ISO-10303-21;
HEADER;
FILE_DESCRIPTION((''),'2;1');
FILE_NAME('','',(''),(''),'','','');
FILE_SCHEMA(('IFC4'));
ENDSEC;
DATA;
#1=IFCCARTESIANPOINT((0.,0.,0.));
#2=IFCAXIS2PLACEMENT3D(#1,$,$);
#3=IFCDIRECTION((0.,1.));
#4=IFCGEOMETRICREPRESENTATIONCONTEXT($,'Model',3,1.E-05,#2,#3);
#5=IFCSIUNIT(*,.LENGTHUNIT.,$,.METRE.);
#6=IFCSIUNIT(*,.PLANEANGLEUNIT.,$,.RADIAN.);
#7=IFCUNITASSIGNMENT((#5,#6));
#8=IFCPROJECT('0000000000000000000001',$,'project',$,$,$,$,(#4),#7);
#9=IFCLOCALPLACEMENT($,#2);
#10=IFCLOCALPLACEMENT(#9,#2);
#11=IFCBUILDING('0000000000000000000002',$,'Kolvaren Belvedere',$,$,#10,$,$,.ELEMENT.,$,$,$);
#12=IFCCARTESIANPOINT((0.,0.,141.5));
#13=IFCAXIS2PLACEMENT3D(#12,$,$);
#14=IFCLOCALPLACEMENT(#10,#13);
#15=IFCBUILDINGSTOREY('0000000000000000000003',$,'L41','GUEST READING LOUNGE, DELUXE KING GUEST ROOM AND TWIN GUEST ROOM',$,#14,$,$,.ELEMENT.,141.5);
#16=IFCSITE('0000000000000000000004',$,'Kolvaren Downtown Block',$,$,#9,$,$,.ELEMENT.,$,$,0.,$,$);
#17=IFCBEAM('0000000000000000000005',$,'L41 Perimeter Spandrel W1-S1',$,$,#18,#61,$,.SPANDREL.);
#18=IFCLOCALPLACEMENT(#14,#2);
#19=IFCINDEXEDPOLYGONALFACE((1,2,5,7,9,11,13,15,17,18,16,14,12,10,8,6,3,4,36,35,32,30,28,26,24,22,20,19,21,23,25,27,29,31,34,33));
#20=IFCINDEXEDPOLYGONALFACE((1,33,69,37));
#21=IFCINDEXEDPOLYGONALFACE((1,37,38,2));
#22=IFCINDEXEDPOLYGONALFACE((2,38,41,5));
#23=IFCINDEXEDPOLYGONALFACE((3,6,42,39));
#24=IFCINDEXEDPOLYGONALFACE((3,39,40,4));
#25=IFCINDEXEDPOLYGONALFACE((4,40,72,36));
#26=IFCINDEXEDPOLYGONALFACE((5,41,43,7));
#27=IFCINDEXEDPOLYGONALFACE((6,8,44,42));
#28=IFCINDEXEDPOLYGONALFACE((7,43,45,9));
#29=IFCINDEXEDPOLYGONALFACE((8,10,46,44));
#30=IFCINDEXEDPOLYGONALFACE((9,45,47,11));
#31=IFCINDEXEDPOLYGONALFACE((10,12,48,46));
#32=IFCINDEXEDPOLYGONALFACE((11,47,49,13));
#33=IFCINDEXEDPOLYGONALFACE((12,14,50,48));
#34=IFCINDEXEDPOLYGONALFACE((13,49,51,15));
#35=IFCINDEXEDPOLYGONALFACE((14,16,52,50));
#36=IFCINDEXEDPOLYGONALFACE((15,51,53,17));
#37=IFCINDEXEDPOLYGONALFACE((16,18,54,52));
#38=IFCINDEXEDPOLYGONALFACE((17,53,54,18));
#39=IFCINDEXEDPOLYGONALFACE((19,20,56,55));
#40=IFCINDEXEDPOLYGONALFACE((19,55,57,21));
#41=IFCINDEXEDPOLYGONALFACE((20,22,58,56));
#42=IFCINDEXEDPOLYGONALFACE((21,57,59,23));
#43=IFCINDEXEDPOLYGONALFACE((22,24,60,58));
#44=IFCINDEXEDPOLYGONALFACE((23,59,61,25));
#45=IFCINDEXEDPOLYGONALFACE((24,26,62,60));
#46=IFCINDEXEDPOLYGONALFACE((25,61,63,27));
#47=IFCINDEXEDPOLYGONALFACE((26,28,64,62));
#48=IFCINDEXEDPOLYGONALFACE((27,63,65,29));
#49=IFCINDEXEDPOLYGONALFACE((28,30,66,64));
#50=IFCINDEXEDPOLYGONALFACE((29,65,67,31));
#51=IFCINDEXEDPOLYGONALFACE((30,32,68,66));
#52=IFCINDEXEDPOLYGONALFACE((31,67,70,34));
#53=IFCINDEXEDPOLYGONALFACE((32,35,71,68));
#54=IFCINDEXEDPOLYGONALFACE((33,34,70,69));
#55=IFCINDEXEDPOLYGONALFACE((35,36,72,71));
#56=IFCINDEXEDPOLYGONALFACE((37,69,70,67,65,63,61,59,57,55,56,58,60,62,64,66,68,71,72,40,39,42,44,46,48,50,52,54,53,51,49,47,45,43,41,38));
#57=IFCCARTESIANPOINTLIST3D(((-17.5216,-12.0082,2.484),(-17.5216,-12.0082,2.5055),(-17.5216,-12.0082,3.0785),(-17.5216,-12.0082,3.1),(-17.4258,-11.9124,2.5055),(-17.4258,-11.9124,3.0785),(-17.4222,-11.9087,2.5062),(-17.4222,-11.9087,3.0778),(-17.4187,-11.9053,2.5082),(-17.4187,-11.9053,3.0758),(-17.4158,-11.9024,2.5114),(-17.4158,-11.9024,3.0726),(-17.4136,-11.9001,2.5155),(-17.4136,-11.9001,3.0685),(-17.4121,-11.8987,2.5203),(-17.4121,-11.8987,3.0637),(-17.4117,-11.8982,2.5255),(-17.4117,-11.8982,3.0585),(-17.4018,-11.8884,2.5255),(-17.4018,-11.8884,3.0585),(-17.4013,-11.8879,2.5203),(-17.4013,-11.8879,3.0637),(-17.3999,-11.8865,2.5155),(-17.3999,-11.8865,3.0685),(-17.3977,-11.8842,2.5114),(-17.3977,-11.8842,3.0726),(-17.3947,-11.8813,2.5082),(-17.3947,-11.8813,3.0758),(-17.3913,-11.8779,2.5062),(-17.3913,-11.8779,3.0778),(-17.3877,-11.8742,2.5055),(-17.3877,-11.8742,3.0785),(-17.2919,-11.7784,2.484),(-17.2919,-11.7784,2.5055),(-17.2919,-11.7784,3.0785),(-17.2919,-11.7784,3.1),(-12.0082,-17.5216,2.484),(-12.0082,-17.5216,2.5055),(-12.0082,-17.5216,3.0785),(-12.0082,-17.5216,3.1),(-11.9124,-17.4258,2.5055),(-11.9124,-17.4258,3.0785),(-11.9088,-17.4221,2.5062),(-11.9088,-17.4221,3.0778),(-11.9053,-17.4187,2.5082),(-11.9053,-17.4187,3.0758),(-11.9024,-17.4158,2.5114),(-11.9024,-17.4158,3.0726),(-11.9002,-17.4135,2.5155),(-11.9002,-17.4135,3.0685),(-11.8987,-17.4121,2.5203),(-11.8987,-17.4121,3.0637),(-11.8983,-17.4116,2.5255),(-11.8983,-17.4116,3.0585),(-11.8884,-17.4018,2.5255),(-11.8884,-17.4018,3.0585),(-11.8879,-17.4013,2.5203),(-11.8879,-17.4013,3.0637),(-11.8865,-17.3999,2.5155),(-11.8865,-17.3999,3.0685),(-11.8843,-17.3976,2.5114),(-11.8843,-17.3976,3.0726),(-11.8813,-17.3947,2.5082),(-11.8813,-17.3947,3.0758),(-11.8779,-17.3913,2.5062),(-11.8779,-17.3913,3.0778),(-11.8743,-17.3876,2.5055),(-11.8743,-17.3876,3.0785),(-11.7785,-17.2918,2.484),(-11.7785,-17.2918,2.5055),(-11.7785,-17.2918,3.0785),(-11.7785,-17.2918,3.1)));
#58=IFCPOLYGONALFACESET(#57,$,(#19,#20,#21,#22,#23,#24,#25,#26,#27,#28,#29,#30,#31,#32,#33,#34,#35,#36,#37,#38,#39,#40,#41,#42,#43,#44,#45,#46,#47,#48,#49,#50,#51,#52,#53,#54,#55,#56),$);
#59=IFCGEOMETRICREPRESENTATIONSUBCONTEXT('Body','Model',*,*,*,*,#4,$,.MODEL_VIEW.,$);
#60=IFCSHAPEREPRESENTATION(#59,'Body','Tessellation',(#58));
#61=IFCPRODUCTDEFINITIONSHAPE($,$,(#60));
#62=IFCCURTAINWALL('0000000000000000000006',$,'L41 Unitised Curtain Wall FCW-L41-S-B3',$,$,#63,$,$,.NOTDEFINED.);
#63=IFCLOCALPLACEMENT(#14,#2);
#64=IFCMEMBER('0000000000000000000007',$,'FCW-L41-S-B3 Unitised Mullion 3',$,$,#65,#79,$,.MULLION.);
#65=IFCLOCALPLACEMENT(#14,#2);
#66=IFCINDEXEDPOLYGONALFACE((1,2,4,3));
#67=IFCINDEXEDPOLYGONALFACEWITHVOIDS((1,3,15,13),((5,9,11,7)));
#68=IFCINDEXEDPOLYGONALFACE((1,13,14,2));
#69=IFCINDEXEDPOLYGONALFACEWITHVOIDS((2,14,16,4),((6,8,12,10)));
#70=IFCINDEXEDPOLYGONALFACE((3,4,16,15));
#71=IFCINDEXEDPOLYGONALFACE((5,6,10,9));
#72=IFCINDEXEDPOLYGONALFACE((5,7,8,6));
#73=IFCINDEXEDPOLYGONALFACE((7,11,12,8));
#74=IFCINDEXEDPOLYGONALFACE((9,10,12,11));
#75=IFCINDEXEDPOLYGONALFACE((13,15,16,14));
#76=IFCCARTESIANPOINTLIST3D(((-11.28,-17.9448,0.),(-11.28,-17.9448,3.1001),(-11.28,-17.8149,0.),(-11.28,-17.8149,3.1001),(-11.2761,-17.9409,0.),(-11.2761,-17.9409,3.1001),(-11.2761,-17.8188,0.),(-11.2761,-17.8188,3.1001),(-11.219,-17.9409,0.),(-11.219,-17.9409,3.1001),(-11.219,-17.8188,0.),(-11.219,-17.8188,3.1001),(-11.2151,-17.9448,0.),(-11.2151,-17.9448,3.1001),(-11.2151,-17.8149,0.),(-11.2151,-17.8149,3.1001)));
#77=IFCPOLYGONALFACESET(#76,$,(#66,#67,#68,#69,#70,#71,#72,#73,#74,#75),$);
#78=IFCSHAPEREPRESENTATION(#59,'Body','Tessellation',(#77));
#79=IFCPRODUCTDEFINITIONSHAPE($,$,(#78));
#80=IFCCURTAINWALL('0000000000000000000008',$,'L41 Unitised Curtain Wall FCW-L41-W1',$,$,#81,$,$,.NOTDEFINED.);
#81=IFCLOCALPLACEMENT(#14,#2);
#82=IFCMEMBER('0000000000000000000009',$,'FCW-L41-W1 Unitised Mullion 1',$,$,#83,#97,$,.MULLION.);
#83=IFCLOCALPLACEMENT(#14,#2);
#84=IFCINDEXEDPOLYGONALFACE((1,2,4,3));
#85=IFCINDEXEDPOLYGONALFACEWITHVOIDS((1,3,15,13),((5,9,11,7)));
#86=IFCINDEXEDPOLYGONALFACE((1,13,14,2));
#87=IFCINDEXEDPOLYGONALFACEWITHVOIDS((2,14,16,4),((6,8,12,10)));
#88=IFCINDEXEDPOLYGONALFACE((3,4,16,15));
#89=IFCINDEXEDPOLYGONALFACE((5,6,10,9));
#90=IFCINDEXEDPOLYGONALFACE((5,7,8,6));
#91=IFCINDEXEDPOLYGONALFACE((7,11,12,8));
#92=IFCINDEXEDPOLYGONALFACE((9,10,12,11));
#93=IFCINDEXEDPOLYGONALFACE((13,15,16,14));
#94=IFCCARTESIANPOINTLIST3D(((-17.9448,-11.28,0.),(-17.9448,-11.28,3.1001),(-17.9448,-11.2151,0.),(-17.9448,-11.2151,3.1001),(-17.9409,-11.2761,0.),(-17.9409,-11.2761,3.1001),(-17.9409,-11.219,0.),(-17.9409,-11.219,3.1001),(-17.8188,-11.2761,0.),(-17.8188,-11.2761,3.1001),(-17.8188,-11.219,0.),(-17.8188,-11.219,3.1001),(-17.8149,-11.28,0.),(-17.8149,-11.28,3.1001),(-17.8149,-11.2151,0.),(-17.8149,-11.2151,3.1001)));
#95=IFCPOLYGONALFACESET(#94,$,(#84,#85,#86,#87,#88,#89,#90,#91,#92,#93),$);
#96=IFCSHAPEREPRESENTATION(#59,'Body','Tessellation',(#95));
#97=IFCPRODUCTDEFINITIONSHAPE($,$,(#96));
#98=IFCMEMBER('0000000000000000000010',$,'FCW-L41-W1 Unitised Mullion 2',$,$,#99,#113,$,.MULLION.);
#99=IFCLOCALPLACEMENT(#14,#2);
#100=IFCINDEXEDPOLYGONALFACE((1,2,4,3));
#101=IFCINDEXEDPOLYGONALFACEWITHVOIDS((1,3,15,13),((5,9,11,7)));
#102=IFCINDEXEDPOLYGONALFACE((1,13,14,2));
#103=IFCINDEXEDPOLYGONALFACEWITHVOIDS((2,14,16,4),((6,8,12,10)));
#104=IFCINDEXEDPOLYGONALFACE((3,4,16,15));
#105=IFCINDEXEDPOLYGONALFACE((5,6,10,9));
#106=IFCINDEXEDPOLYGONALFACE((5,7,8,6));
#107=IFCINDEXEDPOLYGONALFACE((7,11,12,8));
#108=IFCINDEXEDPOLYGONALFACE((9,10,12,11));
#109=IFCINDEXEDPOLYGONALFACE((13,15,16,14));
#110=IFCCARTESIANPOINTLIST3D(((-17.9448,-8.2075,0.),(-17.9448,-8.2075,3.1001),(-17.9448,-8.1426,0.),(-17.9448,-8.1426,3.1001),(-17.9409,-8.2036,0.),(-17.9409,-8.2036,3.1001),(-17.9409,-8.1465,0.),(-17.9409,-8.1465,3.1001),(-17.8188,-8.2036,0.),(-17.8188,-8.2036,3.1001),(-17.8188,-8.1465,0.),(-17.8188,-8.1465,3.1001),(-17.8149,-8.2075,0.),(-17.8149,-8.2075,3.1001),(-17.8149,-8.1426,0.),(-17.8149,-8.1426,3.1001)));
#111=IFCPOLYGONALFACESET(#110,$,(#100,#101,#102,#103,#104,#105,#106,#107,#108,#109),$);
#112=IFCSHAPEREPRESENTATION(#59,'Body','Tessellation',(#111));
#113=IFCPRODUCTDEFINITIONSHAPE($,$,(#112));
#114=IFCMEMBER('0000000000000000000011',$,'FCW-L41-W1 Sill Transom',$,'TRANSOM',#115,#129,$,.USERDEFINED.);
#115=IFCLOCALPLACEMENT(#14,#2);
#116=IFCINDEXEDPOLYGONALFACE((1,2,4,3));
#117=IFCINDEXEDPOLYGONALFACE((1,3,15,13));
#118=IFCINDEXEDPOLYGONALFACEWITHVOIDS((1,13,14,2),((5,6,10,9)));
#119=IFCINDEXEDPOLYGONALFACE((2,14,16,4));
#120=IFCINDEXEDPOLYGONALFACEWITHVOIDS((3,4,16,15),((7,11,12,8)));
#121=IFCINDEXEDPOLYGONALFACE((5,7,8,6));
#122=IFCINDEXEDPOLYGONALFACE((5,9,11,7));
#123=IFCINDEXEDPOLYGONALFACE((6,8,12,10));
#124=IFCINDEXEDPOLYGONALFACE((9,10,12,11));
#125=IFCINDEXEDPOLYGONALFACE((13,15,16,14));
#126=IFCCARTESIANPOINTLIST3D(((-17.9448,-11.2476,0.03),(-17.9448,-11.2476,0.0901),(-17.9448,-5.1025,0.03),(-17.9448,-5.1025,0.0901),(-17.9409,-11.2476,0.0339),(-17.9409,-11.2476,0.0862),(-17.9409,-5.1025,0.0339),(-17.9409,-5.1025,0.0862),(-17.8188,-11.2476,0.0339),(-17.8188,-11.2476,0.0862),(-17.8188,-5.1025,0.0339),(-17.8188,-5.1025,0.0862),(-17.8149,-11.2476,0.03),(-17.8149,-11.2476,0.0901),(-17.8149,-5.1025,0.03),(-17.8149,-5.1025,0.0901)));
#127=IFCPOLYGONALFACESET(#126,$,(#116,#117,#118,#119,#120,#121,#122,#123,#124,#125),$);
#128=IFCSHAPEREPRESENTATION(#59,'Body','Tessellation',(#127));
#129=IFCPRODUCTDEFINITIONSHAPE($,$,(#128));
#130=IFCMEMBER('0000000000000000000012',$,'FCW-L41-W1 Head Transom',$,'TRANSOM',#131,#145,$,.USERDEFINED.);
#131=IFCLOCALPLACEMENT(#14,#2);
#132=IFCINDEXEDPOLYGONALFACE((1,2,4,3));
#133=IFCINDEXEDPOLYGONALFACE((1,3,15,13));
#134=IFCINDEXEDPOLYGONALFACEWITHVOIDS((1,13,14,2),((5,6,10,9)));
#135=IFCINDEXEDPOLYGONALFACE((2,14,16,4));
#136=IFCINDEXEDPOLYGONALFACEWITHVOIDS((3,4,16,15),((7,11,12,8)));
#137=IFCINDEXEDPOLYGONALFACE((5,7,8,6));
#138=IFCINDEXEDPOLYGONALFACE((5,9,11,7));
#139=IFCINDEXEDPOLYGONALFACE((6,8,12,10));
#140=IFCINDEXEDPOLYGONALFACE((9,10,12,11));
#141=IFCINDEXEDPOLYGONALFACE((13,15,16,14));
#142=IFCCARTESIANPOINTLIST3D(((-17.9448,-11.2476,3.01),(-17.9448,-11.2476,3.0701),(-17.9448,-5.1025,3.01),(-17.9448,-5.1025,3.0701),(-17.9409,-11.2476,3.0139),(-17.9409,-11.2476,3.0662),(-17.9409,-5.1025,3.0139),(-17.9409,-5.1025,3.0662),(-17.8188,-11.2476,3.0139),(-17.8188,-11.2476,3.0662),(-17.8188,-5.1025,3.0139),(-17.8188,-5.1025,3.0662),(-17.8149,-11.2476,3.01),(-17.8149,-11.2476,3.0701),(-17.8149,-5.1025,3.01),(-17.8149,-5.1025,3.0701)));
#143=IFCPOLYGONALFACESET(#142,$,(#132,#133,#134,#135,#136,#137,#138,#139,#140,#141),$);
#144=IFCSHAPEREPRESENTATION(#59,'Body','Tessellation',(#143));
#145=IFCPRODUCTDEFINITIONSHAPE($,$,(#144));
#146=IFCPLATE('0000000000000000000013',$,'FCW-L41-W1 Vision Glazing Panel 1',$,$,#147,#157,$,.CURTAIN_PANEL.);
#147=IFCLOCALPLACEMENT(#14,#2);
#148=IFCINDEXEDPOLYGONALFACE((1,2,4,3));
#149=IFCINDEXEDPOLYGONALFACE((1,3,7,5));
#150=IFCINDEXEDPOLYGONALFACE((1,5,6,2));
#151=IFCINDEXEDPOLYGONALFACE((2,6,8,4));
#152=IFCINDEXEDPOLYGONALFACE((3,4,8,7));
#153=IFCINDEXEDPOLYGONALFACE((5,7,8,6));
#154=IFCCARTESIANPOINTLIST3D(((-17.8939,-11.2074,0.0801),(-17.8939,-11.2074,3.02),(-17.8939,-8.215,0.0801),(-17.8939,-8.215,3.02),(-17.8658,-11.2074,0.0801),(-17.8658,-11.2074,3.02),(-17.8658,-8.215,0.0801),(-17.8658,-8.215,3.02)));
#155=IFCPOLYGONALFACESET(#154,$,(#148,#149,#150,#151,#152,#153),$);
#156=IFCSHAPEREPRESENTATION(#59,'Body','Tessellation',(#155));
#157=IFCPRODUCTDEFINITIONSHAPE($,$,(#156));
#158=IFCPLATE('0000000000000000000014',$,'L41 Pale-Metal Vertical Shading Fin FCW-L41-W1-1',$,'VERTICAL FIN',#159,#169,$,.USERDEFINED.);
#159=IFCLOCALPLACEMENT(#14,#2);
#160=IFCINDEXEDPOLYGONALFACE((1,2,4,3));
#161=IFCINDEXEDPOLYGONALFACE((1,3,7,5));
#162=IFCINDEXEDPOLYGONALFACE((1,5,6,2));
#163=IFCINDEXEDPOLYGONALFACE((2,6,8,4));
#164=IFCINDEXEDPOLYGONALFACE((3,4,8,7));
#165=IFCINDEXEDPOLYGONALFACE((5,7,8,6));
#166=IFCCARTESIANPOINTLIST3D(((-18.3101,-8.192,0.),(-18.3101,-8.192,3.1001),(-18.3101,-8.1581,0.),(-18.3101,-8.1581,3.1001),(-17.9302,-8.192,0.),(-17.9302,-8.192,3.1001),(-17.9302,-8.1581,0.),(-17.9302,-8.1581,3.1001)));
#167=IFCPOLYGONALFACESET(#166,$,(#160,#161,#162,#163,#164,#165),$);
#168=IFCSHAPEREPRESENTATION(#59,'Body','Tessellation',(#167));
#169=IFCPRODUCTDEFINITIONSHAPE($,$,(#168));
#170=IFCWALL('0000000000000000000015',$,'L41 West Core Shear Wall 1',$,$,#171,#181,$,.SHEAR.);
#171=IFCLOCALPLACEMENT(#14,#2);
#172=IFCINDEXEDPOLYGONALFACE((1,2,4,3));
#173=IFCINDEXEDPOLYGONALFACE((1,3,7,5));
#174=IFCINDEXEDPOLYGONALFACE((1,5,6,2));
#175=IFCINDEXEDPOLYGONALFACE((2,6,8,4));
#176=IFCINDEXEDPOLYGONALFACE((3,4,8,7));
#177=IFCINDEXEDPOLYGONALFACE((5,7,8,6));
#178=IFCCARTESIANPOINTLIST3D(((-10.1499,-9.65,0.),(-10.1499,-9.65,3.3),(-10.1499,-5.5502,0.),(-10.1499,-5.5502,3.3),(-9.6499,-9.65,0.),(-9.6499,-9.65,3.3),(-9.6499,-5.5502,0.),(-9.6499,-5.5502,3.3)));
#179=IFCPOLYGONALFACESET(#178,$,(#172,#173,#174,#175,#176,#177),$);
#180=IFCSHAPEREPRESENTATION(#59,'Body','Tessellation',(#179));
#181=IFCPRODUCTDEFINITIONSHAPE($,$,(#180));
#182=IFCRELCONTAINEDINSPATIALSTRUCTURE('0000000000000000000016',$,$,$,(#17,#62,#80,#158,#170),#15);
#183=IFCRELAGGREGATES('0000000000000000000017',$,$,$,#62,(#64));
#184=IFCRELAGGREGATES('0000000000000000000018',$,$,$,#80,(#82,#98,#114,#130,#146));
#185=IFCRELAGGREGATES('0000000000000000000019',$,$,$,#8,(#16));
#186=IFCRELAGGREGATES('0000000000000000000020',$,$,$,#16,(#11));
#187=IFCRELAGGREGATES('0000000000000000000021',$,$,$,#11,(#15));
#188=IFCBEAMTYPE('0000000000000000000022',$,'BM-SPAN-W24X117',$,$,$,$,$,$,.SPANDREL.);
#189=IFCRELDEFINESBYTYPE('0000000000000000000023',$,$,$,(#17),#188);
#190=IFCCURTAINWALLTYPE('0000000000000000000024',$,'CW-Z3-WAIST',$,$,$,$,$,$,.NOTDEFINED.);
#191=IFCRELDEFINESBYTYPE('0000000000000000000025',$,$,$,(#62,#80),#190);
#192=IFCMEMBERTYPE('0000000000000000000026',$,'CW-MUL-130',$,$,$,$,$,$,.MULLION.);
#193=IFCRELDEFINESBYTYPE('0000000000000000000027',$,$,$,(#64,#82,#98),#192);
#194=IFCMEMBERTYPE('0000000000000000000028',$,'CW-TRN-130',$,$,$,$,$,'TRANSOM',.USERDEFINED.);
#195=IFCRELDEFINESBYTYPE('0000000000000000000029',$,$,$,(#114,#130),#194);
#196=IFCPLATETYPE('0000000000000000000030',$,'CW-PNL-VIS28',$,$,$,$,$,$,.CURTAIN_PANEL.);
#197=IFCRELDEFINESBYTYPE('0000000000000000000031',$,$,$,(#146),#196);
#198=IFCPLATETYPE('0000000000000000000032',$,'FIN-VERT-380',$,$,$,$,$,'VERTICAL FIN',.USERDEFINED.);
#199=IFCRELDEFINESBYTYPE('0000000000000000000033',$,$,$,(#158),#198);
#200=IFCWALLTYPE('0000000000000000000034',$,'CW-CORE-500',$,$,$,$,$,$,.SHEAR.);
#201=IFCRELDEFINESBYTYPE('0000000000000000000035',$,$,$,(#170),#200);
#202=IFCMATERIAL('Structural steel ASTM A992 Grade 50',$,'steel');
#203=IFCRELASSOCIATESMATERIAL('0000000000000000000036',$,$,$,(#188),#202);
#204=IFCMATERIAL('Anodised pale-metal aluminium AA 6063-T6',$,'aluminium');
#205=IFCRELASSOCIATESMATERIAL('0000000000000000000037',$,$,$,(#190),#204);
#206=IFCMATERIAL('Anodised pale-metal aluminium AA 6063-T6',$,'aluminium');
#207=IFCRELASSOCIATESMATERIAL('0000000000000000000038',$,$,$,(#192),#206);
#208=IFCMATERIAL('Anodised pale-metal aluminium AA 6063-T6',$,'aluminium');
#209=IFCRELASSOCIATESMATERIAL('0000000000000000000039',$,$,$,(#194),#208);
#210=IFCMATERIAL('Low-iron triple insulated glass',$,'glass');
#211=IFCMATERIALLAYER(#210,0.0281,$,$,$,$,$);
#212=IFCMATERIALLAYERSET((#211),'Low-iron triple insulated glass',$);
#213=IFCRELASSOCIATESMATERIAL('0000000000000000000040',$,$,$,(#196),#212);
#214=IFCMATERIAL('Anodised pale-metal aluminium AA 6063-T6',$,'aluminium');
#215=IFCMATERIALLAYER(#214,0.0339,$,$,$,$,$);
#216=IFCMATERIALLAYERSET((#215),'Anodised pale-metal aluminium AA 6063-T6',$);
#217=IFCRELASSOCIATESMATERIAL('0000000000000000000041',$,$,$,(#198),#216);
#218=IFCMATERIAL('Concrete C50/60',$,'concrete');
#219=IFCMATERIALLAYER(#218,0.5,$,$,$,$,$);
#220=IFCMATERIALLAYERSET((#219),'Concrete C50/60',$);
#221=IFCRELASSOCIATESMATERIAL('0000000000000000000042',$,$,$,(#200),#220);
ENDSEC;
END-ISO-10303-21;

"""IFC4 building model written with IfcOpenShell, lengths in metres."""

from ifc_helpers import new_model, si_unit, direction, frame, frame_2d, origin, origin_2d, place, context, subcontext, project, spatial, rectangle, hollow_rectangle, i_section, extrude, material, layer, layer_set, material_profile, profile_set, type_object, element, aggregate, save


model = new_model("IFC4")

# Units and contexts
model_context = context("Model", 3, precision=1e-05, world=origin(), true_north=direction((0.0, 1.0)))
body_context = subcontext(model_context, "Body", "Model", "MODEL_VIEW")
ifc_project = project(units=[si_unit("LENGTHUNIT", "METRE"), si_unit("PLANEANGLEUNIT", "RADIAN")], contexts=[model_context])

# Site, building, storey
site_placement = place(None, origin())
site = spatial("IfcSite", under=ifc_project, at=site_placement, Name="Kolvaren Downtown Block", CompositionType="ELEMENT", RefElevation=0.0)
building_placement = place(site_placement, origin())
building = spatial("IfcBuilding", under=site, at=building_placement, Name="Kolvaren Belvedere", CompositionType="ELEMENT")
storey_placement = place(building_placement, frame((0.0, 0.0, 141.5)))
storey = spatial("IfcBuildingStorey", under=building, at=storey_placement, Name="L41", Description="GUEST READING LOUNGE, DELUXE KING GUEST ROOM AND TWIN GUEST ROOM", CompositionType="ELEMENT", Elevation=141.5)

# Beam
ifc_material_1 = material(Name="Structural steel ASTM A992 Grade 50", Category="steel")
ifc_material_profile_1 = material_profile(ifc_material_1, i_section(OverallWidth=0.325, OverallDepth=0.616, WebThickness=0.0139, FlangeThickness=0.0215, FilletRadius=0.02, at=origin_2d()), Name="W24X117")
ifc_profile_set_1 = profile_set([ifc_material_profile_1], Name="Structural steel ASTM A992 Grade 50")
beam_type_1 = type_object("IfcBeamType", Name="BM-SPAN-W24X117", PredefinedType="SPANDREL", material=ifc_profile_set_1)
beam_1_placement = place(storey_placement, frame((-17.4067, -11.8933, 2.792), z_axis=(0.707107, -0.707107, 0.0), x_axis=(0.707107, 0.707107, 0.0)))
element("IfcBeam", 1, at=beam_1_placement, inside=storey, type_object=beam_type_1, Name="L41 Perimeter Spandrel W1-S1", PredefinedType="SPANDREL", context=body_context, shape_type="SweptSolid", body=[
    extrude(i_section(OverallWidth=0.325, OverallDepth=0.616, WebThickness=0.0139, FlangeThickness=0.0215, FilletRadius=0.02, at=origin_2d()), origin(), (0.0, 0.0, 1.0), 7.7971),
])

# Curtain wall, member
ifc_material_2 = material(Name="Anodised pale-metal aluminium AA 6063-T6", Category="aluminium")
curtain_wall_type = type_object("IfcCurtainWallType", Name="CW-Z3-WAIST", PredefinedType="NOTDEFINED", material=ifc_material_2)
curtain_wall_1_placement = place(storey_placement, origin())
curtain_wall_1 = element("IfcCurtainWall", 2, at=curtain_wall_1_placement, inside=storey, type_object=curtain_wall_type, Name="L41 Unitised Curtain Wall FCW-L41-S-B3", PredefinedType="NOTDEFINED")
ifc_material_3 = material(Name="Anodised pale-metal aluminium AA 6063-T6", Category="aluminium")
ifc_material_profile_2 = material_profile(ifc_material_3, hollow_rectangle(XDim=0.0649, YDim=0.1299, WallThickness=0.0039, at=origin_2d()), Name="ALU-MUL-130X65")
ifc_profile_set_2 = profile_set([ifc_material_profile_2], Name="Anodised pale-metal aluminium AA 6063-T6")
member_type_1 = type_object("IfcMemberType", Name="CW-MUL-130", PredefinedType="MULLION", material=ifc_profile_set_2)
member_1_placement = place(storey_placement, frame((-11.2476, -17.8799, 0.0), z_axis=(0.0, 0.0, 1.0), x_axis=(1.0, 0.0, 0.0)))
member_1 = element("IfcMember", 3, at=member_1_placement, type_object=member_type_1, Name="FCW-L41-S-B3 Unitised Mullion 3", PredefinedType="MULLION", context=body_context, shape_type="SweptSolid", body=[
    extrude(hollow_rectangle(XDim=0.0649, YDim=0.1299, WallThickness=0.0039, at=origin_2d()), origin(), (0.0, 0.0, 1.0), 3.1001),
])
aggregate(curtain_wall_1, [member_1])

# Curtain wall, members, plate
curtain_wall_2_placement = place(storey_placement, origin())
curtain_wall_2 = element("IfcCurtainWall", 4, at=curtain_wall_2_placement, inside=storey, type_object=curtain_wall_type, Name="L41 Unitised Curtain Wall FCW-L41-W1", PredefinedType="NOTDEFINED")
member_2_placement = place(storey_placement, frame((-17.8799, -11.2476, 0.0), z_axis=(0.0, 0.0, 1.0), x_axis=(0.0, 1.0, 0.0)))
member_2 = element("IfcMember", 5, at=member_2_placement, type_object=member_type_1, Name="FCW-L41-W1 Unitised Mullion 1", PredefinedType="MULLION", context=body_context, shape_type="SweptSolid", body=[
    extrude(hollow_rectangle(XDim=0.0649, YDim=0.1299, WallThickness=0.0039, at=origin_2d()), origin(), (0.0, 0.0, 1.0), 3.1001),
])
member_3_placement = place(storey_placement, frame((-17.8799, -8.175, 0.0), z_axis=(0.0, 0.0, 1.0), x_axis=(0.0, 1.0, 0.0)))
member_3 = element("IfcMember", 6, at=member_3_placement, type_object=member_type_1, Name="FCW-L41-W1 Unitised Mullion 2", PredefinedType="MULLION", context=body_context, shape_type="SweptSolid", body=[
    extrude(hollow_rectangle(XDim=0.0649, YDim=0.1299, WallThickness=0.0039, at=origin_2d()), origin(), (0.0, 0.0, 1.0), 3.1001),
])
ifc_material_4 = material(Name="Anodised pale-metal aluminium AA 6063-T6", Category="aluminium")
ifc_material_profile_3 = material_profile(ifc_material_4, hollow_rectangle(XDim=0.0601, YDim=0.1299, WallThickness=0.0039, at=origin_2d()), Name="ALU-TRN-130X60")
ifc_profile_set_3 = profile_set([ifc_material_profile_3], Name="Anodised pale-metal aluminium AA 6063-T6")
member_type_2 = type_object("IfcMemberType", Name="CW-TRN-130", ElementType="TRANSOM", PredefinedType="USERDEFINED", material=ifc_profile_set_3)
member_4_placement = place(storey_placement, frame((-17.8799, -11.2476, 0.0601), z_axis=(0.0, 1.0, 0.0), x_axis=(0.0, 0.0, 1.0)))
member_4 = element("IfcMember", 7, at=member_4_placement, type_object=member_type_2, Name="FCW-L41-W1 Sill Transom", ObjectType="TRANSOM", PredefinedType="USERDEFINED", context=body_context, shape_type="SweptSolid", body=[
    extrude(hollow_rectangle(XDim=0.0601, YDim=0.1299, WallThickness=0.0039, at=origin_2d()), origin(), (0.0, 0.0, 1.0), 6.145),
])
member_5_placement = place(storey_placement, frame((-17.8799, -11.2476, 3.04), z_axis=(0.0, 1.0, 0.0), x_axis=(0.0, 0.0, 1.0)))
member_5 = element("IfcMember", 8, at=member_5_placement, type_object=member_type_2, Name="FCW-L41-W1 Head Transom", ObjectType="TRANSOM", PredefinedType="USERDEFINED", context=body_context, shape_type="SweptSolid", body=[
    extrude(hollow_rectangle(XDim=0.0601, YDim=0.1299, WallThickness=0.0039, at=origin_2d()), origin(), (0.0, 0.0, 1.0), 6.145),
])
ifc_material_5 = material(Name="Low-iron triple insulated glass", Category="glass")
ifc_layer_1 = layer(ifc_material_5, 0.0281)
ifc_layer_set_1 = layer_set([ifc_layer_1], Name="Low-iron triple insulated glass")
plate_type_1 = type_object("IfcPlateType", Name="CW-PNL-VIS28", PredefinedType="CURTAIN_PANEL", material=ifc_layer_set_1)
plate_1_placement = place(storey_placement, frame((-17.8799, -9.7112, 0.0801), z_axis=(0.0, 0.0, 1.0), x_axis=(0.0, 1.0, 0.0)))
plate_1 = element("IfcPlate", 9, at=plate_1_placement, type_object=plate_type_1, Name="FCW-L41-W1 Vision Glazing Panel 1", PredefinedType="CURTAIN_PANEL", context=body_context, shape_type="SweptSolid", body=[
    extrude(rectangle(XDim=2.9924, YDim=0.0281, at=origin_2d()), origin(), (0.0, 0.0, 1.0), 2.9399),
])
aggregate(curtain_wall_2, [member_2, member_3, member_4, member_5, plate_1])

# Plate
ifc_material_6 = material(Name="Anodised pale-metal aluminium AA 6063-T6", Category="aluminium")
ifc_layer_2 = layer(ifc_material_6, 0.0339)
ifc_layer_set_2 = layer_set([ifc_layer_2], Name="Anodised pale-metal aluminium AA 6063-T6")
plate_type_2 = type_object("IfcPlateType", Name="FIN-VERT-380", ElementType="VERTICAL FIN", PredefinedType="USERDEFINED", material=ifc_layer_set_2)
plate_2_placement = place(storey_placement, frame((-18.1201, -8.175, 0.0), z_axis=(0.0, 0.0, 1.0), x_axis=(1.0, 0.0, 0.0)))
element("IfcPlate", 10, at=plate_2_placement, inside=storey, type_object=plate_type_2, Name="L41 Pale-Metal Vertical Shading Fin FCW-L41-W1-1", ObjectType="VERTICAL FIN", PredefinedType="USERDEFINED", context=body_context, shape_type="SweptSolid", body=[
    extrude(rectangle(XDim=0.3799, YDim=0.0339, at=origin_2d()), origin(), (0.0, 0.0, 1.0), 3.1001),
])

# Wall
ifc_material_7 = material(Name="Concrete C50/60", Category="concrete")
ifc_layer_3 = layer(ifc_material_7, 0.5)
ifc_layer_set_3 = layer_set([ifc_layer_3], Name="Concrete C50/60")
wall_type_1 = type_object("IfcWallType", Name="CW-CORE-500", PredefinedType="SHEAR", material=ifc_layer_set_3)
wall_1_placement = place(storey_placement, frame((-9.8999, -9.6499, 0.0), z_axis=(0.0, 0.0, 1.0), x_axis=(0.0, 1.0, 0.0)))
element("IfcWall", 11, at=wall_1_placement, inside=storey, type_object=wall_type_1, Name="L41 West Core Shear Wall 1", PredefinedType="SHEAR", context=body_context, shape_type="SweptSolid", body=[
    extrude(rectangle(XDim=4.0999, YDim=0.5, at=frame_2d((2.0498, 0.0))), origin(), (0.0, 0.0, 1.0), 3.3),
])

save(model, "model.ifc")
